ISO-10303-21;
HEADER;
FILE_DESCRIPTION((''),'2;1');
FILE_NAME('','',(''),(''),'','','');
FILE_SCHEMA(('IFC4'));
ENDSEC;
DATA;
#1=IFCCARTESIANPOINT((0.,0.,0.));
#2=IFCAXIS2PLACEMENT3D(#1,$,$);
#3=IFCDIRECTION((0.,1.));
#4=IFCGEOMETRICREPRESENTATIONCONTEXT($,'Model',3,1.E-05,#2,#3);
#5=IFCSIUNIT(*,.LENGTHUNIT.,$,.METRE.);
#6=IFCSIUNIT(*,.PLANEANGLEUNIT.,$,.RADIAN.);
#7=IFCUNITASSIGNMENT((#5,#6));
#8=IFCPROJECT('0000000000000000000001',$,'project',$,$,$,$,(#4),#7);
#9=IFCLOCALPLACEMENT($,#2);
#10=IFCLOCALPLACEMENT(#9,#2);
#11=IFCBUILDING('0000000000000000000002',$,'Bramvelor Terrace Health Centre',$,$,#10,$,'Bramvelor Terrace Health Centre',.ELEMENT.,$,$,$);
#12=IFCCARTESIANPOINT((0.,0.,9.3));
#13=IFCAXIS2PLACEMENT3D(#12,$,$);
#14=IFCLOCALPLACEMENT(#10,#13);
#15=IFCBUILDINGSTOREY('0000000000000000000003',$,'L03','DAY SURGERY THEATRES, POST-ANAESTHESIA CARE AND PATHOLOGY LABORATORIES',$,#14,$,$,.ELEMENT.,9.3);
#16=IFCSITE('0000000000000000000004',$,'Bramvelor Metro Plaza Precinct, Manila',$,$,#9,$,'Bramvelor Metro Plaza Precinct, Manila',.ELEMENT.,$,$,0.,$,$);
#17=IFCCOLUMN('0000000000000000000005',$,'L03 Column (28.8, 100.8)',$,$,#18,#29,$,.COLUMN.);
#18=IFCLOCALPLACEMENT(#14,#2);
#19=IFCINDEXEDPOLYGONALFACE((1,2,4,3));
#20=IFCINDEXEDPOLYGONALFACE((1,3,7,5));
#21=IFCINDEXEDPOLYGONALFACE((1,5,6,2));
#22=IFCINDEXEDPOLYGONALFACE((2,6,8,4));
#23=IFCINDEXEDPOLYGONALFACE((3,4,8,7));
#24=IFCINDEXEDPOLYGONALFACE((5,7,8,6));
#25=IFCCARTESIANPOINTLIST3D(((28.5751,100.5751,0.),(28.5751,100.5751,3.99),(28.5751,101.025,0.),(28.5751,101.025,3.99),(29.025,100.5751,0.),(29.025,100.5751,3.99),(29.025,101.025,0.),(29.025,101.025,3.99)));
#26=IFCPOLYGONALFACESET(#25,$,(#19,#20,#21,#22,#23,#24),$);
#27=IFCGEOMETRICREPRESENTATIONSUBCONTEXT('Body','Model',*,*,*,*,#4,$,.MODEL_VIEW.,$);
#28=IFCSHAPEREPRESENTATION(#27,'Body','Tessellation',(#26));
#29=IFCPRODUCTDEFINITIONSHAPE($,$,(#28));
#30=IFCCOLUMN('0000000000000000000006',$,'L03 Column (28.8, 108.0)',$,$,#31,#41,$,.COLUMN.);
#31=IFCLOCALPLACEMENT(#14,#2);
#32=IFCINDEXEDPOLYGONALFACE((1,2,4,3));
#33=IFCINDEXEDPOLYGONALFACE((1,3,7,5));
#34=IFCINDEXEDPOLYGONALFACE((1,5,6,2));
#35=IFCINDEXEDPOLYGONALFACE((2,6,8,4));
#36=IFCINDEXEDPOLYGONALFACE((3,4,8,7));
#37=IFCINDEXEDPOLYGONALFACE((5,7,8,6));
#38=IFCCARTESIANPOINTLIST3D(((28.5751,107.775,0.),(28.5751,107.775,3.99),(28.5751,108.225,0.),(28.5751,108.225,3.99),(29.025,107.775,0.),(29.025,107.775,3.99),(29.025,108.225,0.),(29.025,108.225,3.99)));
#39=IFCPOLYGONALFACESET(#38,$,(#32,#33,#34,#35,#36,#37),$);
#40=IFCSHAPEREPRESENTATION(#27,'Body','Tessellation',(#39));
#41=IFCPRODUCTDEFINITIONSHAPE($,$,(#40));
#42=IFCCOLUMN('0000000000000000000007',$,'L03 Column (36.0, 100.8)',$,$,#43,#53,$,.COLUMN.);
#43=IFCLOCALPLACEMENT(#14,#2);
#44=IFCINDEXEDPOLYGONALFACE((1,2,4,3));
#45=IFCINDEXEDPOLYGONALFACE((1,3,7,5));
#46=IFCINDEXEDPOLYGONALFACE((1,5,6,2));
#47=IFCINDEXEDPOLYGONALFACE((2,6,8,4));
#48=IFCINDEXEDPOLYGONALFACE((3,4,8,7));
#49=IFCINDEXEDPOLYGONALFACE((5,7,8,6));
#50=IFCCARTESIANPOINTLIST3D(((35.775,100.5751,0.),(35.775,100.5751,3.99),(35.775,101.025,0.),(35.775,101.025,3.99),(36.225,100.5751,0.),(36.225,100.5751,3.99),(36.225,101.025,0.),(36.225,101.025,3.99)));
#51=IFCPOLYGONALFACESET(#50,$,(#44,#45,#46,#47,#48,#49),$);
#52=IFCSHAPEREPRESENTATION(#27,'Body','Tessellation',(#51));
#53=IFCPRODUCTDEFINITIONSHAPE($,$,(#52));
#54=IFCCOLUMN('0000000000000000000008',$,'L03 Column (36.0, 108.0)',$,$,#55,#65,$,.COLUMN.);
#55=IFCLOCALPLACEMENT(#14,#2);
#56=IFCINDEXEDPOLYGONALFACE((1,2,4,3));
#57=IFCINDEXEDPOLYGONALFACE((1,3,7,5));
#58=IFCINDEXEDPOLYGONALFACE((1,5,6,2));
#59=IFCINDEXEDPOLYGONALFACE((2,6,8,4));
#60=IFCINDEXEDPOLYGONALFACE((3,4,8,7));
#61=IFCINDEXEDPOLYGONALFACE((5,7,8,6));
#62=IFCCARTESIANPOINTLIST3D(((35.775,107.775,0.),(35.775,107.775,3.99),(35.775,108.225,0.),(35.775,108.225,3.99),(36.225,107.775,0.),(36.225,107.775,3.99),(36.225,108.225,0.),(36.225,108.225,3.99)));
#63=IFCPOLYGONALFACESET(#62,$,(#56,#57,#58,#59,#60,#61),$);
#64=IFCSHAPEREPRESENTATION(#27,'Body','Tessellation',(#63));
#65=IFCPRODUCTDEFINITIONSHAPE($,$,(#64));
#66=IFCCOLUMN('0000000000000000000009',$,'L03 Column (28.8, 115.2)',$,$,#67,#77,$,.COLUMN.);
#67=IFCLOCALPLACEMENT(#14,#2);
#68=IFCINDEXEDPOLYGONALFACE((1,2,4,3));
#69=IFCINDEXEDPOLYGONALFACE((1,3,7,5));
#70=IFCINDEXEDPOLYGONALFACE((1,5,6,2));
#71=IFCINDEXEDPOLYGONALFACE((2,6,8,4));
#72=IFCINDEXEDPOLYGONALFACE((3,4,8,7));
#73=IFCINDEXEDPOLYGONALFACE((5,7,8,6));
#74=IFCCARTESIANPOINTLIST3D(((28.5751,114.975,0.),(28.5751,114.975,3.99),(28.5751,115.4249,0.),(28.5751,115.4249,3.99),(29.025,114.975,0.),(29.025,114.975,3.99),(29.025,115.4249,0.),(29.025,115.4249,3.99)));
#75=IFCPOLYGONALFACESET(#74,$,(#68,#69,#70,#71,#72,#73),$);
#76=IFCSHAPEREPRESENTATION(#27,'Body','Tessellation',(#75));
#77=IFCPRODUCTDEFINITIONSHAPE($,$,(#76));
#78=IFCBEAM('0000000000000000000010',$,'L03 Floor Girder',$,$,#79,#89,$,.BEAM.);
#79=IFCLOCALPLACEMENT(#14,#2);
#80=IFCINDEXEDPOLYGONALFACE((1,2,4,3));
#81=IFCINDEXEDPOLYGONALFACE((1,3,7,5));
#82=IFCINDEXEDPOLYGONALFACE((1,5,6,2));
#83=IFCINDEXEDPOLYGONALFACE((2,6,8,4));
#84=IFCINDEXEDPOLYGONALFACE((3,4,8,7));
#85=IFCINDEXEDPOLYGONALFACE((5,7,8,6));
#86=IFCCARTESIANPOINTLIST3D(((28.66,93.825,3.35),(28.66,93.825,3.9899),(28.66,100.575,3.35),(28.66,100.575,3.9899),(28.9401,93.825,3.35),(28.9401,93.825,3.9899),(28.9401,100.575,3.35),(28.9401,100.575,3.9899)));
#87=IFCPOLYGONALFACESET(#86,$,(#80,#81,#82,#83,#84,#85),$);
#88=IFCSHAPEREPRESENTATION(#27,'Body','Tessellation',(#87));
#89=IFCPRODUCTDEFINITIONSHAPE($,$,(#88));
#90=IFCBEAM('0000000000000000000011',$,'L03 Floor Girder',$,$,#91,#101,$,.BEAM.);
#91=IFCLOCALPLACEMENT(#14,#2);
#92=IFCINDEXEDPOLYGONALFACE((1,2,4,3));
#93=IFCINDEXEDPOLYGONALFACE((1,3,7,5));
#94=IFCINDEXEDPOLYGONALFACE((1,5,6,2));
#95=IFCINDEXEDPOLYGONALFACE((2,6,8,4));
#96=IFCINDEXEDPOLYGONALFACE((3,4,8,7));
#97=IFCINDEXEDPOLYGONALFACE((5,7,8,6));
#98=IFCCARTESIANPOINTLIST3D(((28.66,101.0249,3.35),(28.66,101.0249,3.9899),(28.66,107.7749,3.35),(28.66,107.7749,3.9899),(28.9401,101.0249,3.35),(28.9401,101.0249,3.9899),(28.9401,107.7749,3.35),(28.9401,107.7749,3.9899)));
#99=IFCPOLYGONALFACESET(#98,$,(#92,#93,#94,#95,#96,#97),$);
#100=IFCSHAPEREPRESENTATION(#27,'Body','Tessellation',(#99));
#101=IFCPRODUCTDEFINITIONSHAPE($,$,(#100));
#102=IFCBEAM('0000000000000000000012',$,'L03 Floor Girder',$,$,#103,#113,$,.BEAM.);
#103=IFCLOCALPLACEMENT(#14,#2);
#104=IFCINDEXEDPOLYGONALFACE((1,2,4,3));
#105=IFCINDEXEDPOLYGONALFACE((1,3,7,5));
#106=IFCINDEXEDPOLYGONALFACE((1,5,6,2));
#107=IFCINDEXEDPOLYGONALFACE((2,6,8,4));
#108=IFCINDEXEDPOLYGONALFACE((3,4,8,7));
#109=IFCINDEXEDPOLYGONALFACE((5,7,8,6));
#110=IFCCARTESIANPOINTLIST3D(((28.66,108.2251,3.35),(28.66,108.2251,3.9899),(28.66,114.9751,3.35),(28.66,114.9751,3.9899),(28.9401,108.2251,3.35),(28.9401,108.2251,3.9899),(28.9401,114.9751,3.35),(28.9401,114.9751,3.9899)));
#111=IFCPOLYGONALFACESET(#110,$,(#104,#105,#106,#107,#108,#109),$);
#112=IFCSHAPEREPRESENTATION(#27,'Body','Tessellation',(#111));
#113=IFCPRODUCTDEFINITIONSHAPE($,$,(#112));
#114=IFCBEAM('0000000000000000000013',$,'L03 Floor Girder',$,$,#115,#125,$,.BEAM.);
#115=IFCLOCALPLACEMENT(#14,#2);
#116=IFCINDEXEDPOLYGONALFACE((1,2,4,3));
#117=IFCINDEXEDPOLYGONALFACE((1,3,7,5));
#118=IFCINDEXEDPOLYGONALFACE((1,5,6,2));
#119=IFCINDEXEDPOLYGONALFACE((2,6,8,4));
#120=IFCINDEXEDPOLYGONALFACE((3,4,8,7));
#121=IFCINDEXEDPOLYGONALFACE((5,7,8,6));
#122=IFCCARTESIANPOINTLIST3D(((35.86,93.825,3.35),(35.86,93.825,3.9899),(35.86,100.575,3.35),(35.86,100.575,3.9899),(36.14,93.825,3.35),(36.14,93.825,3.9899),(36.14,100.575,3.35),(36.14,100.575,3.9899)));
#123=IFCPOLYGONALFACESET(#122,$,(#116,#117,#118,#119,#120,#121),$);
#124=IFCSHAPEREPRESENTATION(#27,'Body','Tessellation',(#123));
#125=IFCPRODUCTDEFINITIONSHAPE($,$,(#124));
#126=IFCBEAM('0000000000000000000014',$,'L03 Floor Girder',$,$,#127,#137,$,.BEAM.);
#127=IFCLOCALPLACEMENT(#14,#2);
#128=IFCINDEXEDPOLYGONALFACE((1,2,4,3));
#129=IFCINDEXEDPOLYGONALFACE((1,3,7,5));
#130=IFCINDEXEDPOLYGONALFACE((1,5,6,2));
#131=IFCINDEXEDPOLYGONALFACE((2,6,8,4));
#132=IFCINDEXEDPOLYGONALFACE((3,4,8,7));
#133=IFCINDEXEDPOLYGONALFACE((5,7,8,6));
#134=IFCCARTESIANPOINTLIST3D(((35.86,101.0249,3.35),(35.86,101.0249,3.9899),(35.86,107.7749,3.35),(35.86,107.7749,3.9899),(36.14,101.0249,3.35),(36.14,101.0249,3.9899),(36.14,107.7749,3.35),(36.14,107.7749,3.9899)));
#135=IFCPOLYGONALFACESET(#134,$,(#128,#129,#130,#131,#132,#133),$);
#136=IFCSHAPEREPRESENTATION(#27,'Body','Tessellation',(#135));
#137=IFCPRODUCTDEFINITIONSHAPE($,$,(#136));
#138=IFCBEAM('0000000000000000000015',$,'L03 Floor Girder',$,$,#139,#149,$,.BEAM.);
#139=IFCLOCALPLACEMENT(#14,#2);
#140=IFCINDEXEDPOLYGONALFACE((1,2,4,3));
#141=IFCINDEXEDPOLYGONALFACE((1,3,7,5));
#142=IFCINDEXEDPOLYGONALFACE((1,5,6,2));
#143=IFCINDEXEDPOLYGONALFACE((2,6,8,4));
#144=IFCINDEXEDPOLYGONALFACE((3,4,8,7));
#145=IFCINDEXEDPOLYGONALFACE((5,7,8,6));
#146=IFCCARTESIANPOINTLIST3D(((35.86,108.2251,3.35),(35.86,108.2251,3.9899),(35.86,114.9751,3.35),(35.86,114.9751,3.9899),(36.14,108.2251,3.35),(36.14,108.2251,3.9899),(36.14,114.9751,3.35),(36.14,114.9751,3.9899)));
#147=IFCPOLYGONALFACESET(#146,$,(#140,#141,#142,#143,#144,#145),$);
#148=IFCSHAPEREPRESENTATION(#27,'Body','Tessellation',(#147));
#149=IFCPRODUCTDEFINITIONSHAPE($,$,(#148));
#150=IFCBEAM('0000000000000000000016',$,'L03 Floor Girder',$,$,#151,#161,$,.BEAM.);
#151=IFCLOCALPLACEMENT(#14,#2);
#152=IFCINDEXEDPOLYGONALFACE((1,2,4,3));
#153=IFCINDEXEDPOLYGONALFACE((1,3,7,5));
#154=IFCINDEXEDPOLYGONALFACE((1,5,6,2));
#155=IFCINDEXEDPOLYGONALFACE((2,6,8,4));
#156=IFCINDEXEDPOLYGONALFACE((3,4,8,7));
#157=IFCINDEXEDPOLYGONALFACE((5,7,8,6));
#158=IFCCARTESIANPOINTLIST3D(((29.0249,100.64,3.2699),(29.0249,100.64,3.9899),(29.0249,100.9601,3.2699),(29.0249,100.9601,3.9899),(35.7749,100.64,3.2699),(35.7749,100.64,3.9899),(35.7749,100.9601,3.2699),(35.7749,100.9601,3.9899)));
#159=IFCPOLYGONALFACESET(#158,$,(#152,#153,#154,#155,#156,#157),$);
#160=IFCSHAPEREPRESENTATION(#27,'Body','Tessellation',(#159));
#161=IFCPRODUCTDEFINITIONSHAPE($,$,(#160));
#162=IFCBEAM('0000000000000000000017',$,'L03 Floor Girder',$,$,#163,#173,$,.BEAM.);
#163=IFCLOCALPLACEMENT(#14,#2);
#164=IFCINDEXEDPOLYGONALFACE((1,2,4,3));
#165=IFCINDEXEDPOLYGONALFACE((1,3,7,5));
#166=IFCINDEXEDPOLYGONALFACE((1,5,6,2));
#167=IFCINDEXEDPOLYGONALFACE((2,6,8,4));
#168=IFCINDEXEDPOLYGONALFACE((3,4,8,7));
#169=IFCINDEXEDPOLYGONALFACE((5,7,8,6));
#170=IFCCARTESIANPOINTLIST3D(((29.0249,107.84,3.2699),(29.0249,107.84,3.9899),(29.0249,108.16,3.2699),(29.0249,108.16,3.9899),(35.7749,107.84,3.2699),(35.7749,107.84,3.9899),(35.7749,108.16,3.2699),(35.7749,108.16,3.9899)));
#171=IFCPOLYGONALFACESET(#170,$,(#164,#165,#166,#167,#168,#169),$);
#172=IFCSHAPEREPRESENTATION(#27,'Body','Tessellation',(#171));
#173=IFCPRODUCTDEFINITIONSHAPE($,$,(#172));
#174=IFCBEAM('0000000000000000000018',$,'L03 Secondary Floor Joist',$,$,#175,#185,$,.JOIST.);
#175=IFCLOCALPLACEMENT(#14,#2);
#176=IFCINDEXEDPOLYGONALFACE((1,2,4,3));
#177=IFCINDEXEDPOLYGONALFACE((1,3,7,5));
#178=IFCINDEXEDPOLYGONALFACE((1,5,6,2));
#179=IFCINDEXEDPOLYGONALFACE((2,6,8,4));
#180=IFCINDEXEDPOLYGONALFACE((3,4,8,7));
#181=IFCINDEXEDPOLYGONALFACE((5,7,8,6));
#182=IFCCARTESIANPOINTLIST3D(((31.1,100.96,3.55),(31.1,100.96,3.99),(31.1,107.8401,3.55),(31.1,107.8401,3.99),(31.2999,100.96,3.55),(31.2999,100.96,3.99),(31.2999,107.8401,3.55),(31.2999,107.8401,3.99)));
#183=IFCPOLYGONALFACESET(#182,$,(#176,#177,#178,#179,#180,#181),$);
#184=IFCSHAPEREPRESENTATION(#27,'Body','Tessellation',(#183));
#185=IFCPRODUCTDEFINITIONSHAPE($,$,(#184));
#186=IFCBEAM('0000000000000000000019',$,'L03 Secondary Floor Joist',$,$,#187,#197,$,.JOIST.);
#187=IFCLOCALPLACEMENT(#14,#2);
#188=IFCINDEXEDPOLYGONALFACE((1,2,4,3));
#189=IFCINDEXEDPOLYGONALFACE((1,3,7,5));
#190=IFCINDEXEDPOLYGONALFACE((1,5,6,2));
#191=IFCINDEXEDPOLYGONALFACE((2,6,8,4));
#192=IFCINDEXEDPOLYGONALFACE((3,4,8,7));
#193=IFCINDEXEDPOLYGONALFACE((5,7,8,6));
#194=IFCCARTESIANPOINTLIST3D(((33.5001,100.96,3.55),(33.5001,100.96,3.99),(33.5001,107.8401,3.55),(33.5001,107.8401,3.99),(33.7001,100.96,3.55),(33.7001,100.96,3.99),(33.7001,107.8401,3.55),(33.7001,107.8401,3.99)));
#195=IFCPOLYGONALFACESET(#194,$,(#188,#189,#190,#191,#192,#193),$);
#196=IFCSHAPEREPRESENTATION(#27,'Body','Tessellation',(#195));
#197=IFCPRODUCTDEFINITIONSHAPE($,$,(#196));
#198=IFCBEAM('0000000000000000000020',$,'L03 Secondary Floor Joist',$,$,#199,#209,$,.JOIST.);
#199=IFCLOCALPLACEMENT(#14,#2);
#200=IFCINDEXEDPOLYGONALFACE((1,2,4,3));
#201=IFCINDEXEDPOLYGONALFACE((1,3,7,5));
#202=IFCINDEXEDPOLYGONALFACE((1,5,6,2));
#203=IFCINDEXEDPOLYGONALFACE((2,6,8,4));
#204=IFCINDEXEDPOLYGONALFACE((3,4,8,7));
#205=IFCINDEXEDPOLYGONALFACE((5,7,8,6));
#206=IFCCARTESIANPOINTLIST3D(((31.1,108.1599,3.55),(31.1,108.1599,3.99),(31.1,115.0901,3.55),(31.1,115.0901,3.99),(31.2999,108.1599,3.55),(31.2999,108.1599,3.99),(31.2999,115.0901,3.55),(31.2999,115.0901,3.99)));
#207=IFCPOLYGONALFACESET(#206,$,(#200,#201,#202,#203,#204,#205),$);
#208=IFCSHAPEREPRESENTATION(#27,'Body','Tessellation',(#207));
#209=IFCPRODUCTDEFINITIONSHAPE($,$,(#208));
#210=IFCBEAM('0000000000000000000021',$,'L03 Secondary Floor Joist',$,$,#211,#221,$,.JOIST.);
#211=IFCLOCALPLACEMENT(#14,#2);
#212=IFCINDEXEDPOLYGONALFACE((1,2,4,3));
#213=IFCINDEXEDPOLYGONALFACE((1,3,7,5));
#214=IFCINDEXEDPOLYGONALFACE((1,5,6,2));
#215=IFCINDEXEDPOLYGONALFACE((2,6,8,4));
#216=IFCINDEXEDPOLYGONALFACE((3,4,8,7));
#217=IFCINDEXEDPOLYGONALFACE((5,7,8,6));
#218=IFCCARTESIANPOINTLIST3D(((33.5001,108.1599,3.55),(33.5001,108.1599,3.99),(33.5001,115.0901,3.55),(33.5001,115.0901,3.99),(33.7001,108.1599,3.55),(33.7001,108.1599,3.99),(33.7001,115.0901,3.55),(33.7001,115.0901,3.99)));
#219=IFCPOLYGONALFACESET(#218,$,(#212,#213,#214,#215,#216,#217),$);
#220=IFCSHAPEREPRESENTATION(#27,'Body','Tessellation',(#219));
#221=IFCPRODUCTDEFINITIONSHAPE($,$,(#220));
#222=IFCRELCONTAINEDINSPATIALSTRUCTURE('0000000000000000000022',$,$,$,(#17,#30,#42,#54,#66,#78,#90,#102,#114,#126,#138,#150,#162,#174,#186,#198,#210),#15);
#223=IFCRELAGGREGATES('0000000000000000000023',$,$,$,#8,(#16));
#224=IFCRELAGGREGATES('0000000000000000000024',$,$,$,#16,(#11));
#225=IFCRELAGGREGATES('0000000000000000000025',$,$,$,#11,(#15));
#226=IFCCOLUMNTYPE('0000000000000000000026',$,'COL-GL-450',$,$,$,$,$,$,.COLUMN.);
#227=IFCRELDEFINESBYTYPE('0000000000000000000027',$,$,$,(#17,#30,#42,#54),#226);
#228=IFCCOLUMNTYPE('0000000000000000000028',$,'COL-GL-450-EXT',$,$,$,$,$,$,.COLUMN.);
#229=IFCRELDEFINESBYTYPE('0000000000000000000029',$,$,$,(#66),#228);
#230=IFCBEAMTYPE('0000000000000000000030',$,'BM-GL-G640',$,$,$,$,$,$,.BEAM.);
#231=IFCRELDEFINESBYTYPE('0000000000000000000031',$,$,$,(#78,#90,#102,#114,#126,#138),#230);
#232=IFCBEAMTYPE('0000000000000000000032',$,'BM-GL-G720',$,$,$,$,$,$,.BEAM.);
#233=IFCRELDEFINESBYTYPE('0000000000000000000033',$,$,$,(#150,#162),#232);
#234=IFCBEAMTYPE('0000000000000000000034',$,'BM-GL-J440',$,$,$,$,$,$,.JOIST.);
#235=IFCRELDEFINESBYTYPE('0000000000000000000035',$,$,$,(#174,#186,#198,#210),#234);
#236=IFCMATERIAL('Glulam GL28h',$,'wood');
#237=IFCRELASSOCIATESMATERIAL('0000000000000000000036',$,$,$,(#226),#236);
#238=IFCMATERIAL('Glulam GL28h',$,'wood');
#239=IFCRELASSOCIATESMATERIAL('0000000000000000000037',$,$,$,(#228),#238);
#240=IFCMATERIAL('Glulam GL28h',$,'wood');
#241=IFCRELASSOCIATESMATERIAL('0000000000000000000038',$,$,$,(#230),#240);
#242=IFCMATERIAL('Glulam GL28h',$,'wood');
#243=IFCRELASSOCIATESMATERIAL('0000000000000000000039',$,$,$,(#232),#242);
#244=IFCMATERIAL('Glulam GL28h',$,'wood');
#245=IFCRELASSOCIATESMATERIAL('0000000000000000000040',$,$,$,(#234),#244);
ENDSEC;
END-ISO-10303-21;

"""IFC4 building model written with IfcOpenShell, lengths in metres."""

from ifc_helpers import new_model, si_unit, direction, frame, origin, origin_2d, place, context, subcontext, project, spatial, rectangle, extrude, material, material_profile, profile_set, type_object, element, save


model = new_model("IFC4")

# Units and contexts
model_context = context("Model", 3, precision=1e-05, world=origin(), true_north=direction((0.0, 1.0)))
body_context = subcontext(model_context, "Body", "Model", "MODEL_VIEW")
ifc_project = project(units=[si_unit("LENGTHUNIT", "METRE"), si_unit("PLANEANGLEUNIT", "RADIAN")], contexts=[model_context])

# Site, building, storey
site_placement = place(None, origin())
site = spatial("IfcSite", under=ifc_project, at=site_placement, Name="Bramvelor Metro Plaza Precinct, Manila", LongName="Bramvelor Metro Plaza Precinct, Manila", CompositionType="ELEMENT", RefElevation=0.0)
building_placement = place(site_placement, origin())
building = spatial("IfcBuilding", under=site, at=building_placement, Name="Bramvelor Terrace Health Centre", LongName="Bramvelor Terrace Health Centre", CompositionType="ELEMENT")
storey_placement = place(building_placement, frame((0.0, 0.0, 9.3)))
storey = spatial("IfcBuildingStorey", under=building, at=storey_placement, Name="L03", Description="DAY SURGERY THEATRES, POST-ANAESTHESIA CARE AND PATHOLOGY LABORATORIES", CompositionType="ELEMENT", Elevation=9.3)

# Columns
ifc_material_1 = material(Name="Glulam GL28h", Category="wood")
ifc_material_profile_1 = material_profile(ifc_material_1, rectangle(XDim=0.45, YDim=0.45, at=origin_2d()), Name="GL 450x450")
ifc_profile_set_1 = profile_set([ifc_material_profile_1], Name="Glulam GL28h")
column_type_1 = type_object("IfcColumnType", Name="COL-GL-450", PredefinedType="COLUMN", material=ifc_profile_set_1)
for number, where, z_axis, x_axis, name in (
    (1, (28.8, 100.8, 0.0), (0.0, 0.0, 1.0), (1.0, 0.0, 0.0), "L03 Column (28.8, 100.8)"),
    (2, (28.8, 108.0, 0.0), (0.0, 0.0, 1.0), (1.0, 0.0, 0.0), "L03 Column (28.8, 108.0)"),
    (3, (36.0, 100.8, 0.0), (0.0, 0.0, 1.0), (1.0, 0.0, 0.0), "L03 Column (36.0, 100.8)"),
    (4, (36.0, 108.0, 0.0), (0.0, 0.0, 1.0), (1.0, 0.0, 0.0), "L03 Column (36.0, 108.0)"),
):
    element("IfcColumn", number, at=place(storey_placement, frame(where, z_axis=z_axis, x_axis=x_axis)), inside=storey, type_object=column_type_1, Name=name, PredefinedType="COLUMN", context=body_context, shape_type="SweptSolid", body=[
        extrude(rectangle(XDim=0.45, YDim=0.45, at=origin_2d()), origin(), (0.0, 0.0, 1.0), 3.99),
    ])
ifc_material_2 = material(Name="Glulam GL28h", Category="wood")
ifc_material_profile_2 = material_profile(ifc_material_2, rectangle(XDim=0.45, YDim=0.45, at=origin_2d()), Name="GL 450x450")
ifc_profile_set_2 = profile_set([ifc_material_profile_2], Name="Glulam GL28h")
column_type_2 = type_object("IfcColumnType", Name="COL-GL-450-EXT", PredefinedType="COLUMN", material=ifc_profile_set_2)
column_placement = place(storey_placement, frame((28.8, 115.2, 0.0), z_axis=(0.0, 0.0, 1.0), x_axis=(1.0, 0.0, 0.0)))
element("IfcColumn", 5, at=column_placement, inside=storey, type_object=column_type_2, Name="L03 Column (28.8, 115.2)", PredefinedType="COLUMN", context=body_context, shape_type="SweptSolid", body=[
    extrude(rectangle(XDim=0.45, YDim=0.45, at=origin_2d()), origin(), (0.0, 0.0, 1.0), 3.99),
])

# Beams
ifc_material_3 = material(Name="Glulam GL28h", Category="wood")
ifc_material_profile_3 = material_profile(ifc_material_3, rectangle(XDim=0.28, YDim=0.6399, at=origin_2d()), Name="GL 280x640")
ifc_profile_set_3 = profile_set([ifc_material_profile_3], Name="Glulam GL28h")
beam_type_1 = type_object("IfcBeamType", Name="BM-GL-G640", PredefinedType="BEAM", material=ifc_profile_set_3)
for number, where, z_axis, x_axis, name in (
    (6, (28.8, 93.825, 3.6699), (0.0, 1.0, 0.0), (-1.0, 0.0, 0.0), "L03 Floor Girder"),
    (7, (28.8, 101.0249, 3.6699), (0.0, 1.0, 0.0), (-1.0, 0.0, 0.0), "L03 Floor Girder"),
    (8, (28.8, 108.2251, 3.6699), (0.0, 1.0, 0.0), (-1.0, 0.0, 0.0), "L03 Floor Girder"),
    (9, (36.0, 93.825, 3.6699), (0.0, 1.0, 0.0), (-1.0, 0.0, 0.0), "L03 Floor Girder"),
    (10, (36.0, 101.0249, 3.6699), (0.0, 1.0, 0.0), (-1.0, 0.0, 0.0), "L03 Floor Girder"),
    (11, (36.0, 108.2251, 3.6699), (0.0, 1.0, 0.0), (-1.0, 0.0, 0.0), "L03 Floor Girder"),
):
    element("IfcBeam", number, at=place(storey_placement, frame(where, z_axis=z_axis, x_axis=x_axis)), inside=storey, type_object=beam_type_1, Name=name, PredefinedType="BEAM", context=body_context, shape_type="SweptSolid", body=[
        extrude(rectangle(XDim=0.28, YDim=0.6399, at=origin_2d()), origin(), (0.0, 0.0, 1.0), 6.75),
    ])
ifc_material_4 = material(Name="Glulam GL28h", Category="wood")
ifc_material_profile_4 = material_profile(ifc_material_4, rectangle(XDim=0.3201, YDim=0.72, at=origin_2d()), Name="GL 320x720")
ifc_profile_set_4 = profile_set([ifc_material_profile_4], Name="Glulam GL28h")
beam_type_2 = type_object("IfcBeamType", Name="BM-GL-G720", PredefinedType="BEAM", material=ifc_profile_set_4)
for number, where, z_axis, x_axis, name in (
    (12, (29.0249, 100.8, 3.6299), (1.0, 0.0, 0.0), (0.0, 1.0, 0.0), "L03 Floor Girder"),
    (13, (29.0249, 108.0, 3.6299), (1.0, 0.0, 0.0), (0.0, 1.0, 0.0), "L03 Floor Girder"),
):
    element("IfcBeam", number, at=place(storey_placement, frame(where, z_axis=z_axis, x_axis=x_axis)), inside=storey, type_object=beam_type_2, Name=name, PredefinedType="BEAM", context=body_context, shape_type="SweptSolid", body=[
        extrude(rectangle(XDim=0.3201, YDim=0.72, at=origin_2d()), origin(), (0.0, 0.0, 1.0), 6.75),
    ])
ifc_material_5 = material(Name="Glulam GL28h", Category="wood")
ifc_material_profile_5 = material_profile(ifc_material_5, rectangle(XDim=0.2, YDim=0.4399, at=origin_2d()), Name="GL 200x440")
ifc_profile_set_5 = profile_set([ifc_material_profile_5], Name="Glulam GL28h")
beam_type_3 = type_object("IfcBeamType", Name="BM-GL-J440", PredefinedType="JOIST", material=ifc_profile_set_5)
for number, where, z_axis, x_axis, name in (
    (14, (31.2, 100.96, 3.77), (0.0, 1.0, 0.0), (-1.0, 0.0, 0.0), "L03 Secondary Floor Joist"),
    (15, (33.6001, 100.96, 3.77), (0.0, 1.0, 0.0), (-1.0, 0.0, 0.0), "L03 Secondary Floor Joist"),
):
    element("IfcBeam", number, at=place(storey_placement, frame(where, z_axis=z_axis, x_axis=x_axis)), inside=storey, type_object=beam_type_3, Name=name, PredefinedType="JOIST", context=body_context, shape_type="SweptSolid", body=[
        extrude(rectangle(XDim=0.2, YDim=0.4399, at=origin_2d()), origin(), (0.0, 0.0, 1.0), 6.8801),
    ])
for number, where, z_axis, x_axis, name in (
    (16, (31.2, 108.1599, 3.77), (0.0, 1.0, 0.0), (-1.0, 0.0, 0.0), "L03 Secondary Floor Joist"),
    (17, (33.6001, 108.1599, 3.77), (0.0, 1.0, 0.0), (-1.0, 0.0, 0.0), "L03 Secondary Floor Joist"),
):
    element("IfcBeam", number, at=place(storey_placement, frame(where, z_axis=z_axis, x_axis=x_axis)), inside=storey, type_object=beam_type_3, Name=name, PredefinedType="JOIST", context=body_context, shape_type="SweptSolid", body=[
        extrude(rectangle(XDim=0.2, YDim=0.4399, at=origin_2d()), origin(), (0.0, 0.0, 1.0), 6.9302),
    ])

save(model, "model.ifc")
